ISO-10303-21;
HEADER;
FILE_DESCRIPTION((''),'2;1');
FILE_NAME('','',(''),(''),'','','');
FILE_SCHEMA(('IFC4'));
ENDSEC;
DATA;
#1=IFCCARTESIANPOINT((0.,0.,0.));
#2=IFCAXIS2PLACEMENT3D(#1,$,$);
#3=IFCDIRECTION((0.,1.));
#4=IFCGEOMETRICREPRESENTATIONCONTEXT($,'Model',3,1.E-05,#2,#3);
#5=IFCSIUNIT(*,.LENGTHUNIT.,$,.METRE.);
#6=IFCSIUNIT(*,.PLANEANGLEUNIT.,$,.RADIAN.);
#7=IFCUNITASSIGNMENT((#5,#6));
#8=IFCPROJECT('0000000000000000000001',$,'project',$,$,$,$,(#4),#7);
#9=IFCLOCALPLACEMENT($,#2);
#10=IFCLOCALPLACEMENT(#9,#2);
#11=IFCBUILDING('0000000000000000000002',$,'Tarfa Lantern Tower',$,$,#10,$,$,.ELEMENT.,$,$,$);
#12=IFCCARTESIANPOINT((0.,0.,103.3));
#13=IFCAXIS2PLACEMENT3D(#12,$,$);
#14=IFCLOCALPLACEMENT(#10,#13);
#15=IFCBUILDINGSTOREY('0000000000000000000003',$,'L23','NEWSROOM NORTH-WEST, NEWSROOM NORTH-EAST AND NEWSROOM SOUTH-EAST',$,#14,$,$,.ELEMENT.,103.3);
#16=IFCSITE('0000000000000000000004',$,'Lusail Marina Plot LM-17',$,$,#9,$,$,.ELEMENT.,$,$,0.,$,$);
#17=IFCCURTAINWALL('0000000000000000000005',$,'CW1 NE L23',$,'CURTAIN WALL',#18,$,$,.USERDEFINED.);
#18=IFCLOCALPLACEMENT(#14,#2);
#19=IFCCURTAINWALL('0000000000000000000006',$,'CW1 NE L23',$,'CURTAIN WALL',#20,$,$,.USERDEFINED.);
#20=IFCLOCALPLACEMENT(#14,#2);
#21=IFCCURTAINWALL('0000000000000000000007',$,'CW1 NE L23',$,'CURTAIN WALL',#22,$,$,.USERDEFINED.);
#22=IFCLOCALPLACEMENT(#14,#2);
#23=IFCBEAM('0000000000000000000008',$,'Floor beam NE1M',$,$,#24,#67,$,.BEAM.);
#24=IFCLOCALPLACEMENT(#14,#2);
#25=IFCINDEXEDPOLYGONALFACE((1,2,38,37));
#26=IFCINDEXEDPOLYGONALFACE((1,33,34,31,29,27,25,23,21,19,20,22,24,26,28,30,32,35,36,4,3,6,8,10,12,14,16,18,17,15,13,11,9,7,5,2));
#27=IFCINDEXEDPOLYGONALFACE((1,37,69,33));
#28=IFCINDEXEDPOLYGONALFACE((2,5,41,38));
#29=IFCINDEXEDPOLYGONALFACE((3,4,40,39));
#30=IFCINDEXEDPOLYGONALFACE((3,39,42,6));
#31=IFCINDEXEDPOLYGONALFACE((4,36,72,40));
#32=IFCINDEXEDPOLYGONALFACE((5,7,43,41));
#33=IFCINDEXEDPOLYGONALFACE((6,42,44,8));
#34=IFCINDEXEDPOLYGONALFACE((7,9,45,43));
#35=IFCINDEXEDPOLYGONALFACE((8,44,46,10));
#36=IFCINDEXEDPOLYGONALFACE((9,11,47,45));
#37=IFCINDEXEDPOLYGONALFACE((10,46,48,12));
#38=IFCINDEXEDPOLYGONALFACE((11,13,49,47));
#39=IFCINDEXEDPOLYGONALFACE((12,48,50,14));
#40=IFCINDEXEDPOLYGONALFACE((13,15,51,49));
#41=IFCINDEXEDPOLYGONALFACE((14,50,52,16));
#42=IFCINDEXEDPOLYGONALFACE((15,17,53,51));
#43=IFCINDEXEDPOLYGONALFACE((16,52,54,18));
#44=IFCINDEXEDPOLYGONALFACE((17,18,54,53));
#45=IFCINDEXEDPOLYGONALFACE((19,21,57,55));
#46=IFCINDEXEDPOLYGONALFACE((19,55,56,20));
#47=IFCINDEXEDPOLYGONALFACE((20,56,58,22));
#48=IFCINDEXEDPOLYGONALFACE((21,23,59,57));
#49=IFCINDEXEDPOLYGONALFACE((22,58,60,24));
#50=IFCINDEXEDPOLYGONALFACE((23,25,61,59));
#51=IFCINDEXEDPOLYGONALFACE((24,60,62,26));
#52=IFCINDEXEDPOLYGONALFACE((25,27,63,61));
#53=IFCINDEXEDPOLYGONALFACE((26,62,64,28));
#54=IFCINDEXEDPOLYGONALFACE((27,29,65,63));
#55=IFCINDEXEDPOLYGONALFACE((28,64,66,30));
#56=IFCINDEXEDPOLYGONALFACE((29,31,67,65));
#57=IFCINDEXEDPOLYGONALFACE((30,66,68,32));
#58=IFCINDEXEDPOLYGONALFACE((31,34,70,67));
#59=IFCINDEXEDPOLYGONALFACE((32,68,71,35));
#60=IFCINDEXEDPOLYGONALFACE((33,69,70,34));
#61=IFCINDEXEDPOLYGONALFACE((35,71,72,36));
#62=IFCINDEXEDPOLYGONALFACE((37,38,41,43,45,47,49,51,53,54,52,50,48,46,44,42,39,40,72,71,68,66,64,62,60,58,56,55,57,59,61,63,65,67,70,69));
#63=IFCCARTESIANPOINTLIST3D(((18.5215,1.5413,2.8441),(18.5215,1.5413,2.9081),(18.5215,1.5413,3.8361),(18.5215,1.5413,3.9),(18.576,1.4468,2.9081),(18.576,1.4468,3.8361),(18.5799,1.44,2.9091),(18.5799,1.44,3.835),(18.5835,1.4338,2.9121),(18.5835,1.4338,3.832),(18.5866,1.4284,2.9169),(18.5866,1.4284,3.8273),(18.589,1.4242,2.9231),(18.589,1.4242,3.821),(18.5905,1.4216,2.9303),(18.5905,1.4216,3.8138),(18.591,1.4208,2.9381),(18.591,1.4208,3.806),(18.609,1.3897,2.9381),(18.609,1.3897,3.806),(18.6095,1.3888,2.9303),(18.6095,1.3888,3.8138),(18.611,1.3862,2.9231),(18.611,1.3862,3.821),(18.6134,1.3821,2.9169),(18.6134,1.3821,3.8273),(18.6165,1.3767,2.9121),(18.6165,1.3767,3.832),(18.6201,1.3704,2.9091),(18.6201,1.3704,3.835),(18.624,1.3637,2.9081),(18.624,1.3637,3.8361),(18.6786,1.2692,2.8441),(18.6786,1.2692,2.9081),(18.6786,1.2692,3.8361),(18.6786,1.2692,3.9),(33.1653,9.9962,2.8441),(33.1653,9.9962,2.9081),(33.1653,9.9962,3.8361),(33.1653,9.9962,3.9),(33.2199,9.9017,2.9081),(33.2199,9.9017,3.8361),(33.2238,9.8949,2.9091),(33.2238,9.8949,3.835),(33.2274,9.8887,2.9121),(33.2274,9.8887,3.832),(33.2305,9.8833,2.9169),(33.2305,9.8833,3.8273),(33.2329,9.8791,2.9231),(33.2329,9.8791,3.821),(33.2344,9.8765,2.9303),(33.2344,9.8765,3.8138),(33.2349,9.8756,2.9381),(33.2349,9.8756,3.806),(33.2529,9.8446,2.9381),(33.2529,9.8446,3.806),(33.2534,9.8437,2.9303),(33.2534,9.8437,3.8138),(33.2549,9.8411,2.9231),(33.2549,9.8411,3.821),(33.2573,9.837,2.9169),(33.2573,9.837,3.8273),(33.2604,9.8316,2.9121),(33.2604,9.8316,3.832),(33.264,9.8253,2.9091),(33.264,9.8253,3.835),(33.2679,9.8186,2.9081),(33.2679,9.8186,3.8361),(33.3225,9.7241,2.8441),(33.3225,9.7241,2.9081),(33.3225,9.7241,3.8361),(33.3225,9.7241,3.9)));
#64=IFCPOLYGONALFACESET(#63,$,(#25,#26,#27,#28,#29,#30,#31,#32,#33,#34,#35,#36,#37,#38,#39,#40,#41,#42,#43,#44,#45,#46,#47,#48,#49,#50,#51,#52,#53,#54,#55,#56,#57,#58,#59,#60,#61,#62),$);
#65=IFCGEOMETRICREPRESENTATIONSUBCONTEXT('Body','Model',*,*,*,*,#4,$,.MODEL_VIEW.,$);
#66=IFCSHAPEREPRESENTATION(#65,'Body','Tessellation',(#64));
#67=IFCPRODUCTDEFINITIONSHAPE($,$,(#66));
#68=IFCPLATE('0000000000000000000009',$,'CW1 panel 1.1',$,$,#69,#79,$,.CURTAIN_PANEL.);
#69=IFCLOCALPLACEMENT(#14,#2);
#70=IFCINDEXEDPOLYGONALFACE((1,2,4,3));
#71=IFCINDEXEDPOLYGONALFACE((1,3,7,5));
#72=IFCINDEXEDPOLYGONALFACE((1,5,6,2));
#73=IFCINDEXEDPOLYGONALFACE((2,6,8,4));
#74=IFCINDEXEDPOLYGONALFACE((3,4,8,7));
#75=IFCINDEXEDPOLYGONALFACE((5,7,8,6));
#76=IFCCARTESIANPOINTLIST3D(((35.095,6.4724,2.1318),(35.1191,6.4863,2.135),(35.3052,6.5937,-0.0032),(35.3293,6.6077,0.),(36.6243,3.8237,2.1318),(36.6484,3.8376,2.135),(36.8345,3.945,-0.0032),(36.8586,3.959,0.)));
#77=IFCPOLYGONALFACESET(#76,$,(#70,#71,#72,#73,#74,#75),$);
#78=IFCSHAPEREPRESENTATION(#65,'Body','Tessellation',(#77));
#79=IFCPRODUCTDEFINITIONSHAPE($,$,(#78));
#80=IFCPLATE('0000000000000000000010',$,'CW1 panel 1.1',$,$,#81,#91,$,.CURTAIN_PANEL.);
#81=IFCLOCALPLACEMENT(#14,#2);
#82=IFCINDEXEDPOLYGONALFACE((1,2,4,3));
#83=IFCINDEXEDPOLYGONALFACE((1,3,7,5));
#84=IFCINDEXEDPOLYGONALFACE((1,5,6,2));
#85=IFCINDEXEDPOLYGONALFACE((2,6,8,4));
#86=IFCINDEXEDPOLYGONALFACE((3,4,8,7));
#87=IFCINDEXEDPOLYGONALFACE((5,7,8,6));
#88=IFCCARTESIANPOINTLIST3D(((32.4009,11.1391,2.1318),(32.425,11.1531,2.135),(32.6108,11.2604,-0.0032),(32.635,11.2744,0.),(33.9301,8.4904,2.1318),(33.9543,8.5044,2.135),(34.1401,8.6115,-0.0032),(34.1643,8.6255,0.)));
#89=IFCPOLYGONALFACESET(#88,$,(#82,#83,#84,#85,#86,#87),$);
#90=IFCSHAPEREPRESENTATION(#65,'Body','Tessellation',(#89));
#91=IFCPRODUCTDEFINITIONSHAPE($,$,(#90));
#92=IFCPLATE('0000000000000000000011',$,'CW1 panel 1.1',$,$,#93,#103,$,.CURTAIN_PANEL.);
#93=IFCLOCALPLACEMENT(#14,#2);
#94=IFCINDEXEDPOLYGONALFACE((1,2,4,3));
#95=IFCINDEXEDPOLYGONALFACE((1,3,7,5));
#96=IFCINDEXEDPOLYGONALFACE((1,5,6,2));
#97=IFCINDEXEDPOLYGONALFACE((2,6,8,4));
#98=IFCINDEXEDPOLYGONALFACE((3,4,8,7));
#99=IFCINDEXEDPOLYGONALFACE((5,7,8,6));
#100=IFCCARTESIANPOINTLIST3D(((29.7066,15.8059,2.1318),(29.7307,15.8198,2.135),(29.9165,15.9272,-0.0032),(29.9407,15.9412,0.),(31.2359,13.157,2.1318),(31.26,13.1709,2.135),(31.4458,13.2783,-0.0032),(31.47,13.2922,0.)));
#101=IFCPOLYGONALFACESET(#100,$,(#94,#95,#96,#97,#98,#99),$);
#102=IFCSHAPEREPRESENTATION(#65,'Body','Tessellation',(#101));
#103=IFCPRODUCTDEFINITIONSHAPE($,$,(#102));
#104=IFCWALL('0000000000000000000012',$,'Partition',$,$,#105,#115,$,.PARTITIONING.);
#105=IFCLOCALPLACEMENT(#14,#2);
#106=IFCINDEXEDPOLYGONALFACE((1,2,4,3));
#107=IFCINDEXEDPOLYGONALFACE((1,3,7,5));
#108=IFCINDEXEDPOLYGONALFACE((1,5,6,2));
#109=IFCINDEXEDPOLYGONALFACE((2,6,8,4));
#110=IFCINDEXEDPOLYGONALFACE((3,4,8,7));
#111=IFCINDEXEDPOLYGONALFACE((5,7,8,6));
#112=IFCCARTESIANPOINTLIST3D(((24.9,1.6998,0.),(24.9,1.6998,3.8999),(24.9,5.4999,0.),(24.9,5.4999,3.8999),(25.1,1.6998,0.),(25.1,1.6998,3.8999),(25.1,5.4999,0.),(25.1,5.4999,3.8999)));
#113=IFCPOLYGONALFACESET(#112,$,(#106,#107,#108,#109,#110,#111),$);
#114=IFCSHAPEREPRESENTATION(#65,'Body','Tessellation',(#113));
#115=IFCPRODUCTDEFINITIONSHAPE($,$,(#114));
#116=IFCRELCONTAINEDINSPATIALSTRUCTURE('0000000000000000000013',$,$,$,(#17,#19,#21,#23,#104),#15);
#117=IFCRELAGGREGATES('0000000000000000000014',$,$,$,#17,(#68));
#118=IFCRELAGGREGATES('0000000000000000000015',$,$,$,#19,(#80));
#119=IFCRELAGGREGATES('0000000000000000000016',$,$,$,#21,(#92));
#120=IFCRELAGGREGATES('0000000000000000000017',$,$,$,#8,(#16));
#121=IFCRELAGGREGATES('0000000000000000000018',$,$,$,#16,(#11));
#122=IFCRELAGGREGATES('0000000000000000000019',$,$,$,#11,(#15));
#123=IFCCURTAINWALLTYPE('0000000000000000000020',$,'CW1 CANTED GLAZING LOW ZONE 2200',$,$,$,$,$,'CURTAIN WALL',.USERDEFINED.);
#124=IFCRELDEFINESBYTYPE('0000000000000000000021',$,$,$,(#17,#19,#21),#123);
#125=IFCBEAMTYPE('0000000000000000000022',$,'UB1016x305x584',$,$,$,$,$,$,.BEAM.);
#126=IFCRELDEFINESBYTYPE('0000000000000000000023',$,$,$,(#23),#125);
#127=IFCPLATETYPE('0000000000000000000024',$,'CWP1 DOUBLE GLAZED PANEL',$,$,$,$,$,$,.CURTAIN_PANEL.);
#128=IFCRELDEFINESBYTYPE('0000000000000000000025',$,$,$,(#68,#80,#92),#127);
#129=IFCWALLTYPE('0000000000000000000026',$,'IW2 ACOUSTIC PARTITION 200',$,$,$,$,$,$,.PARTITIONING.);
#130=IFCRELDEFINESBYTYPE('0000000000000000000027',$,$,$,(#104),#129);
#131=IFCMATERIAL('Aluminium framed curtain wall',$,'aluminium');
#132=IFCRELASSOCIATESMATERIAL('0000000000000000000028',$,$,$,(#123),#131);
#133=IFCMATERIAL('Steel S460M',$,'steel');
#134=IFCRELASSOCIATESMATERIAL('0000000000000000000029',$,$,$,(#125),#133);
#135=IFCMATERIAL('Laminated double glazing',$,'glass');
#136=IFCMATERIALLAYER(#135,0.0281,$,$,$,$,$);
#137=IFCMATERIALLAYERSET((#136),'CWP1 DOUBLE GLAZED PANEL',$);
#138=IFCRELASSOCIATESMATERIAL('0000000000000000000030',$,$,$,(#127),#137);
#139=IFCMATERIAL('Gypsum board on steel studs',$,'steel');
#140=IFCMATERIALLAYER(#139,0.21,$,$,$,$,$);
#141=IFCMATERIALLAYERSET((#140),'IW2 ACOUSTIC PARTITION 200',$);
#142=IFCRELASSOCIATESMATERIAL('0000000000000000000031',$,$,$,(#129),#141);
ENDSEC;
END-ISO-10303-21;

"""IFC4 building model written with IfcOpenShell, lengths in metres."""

from ifc_helpers import new_model, si_unit, direction, frame, frame_2d, origin, origin_2d, place, context, subcontext, project, spatial, polyline, rectangle, i_section, outline, extrude, material, layer, layer_set, material_profile, profile_set, type_object, element, aggregate, save


model = new_model("IFC4")

# Units and contexts
model_context = context("Model", 3, precision=1e-05, world=origin(), true_north=direction((0.0, 1.0)))
body_context = subcontext(model_context, "Body", "Model", "MODEL_VIEW")
ifc_project = project(units=[si_unit("LENGTHUNIT", "METRE"), si_unit("PLANEANGLEUNIT", "RADIAN")], contexts=[model_context])

# Site, building, storey
site_placement = place(None, origin())
site = spatial("IfcSite", under=ifc_project, at=site_placement, Name="Lusail Marina Plot LM-17", CompositionType="ELEMENT", RefElevation=0.0)
building_placement = place(site_placement, origin())
building = spatial("IfcBuilding", under=site, at=building_placement, Name="Tarfa Lantern Tower", CompositionType="ELEMENT")
storey_placement = place(building_placement, frame((0.0, 0.0, 103.3)))
storey = spatial("IfcBuildingStorey", under=building, at=storey_placement, Name="L23", Description="NEWSROOM NORTH-WEST, NEWSROOM NORTH-EAST AND NEWSROOM SOUTH-EAST", CompositionType="ELEMENT", Elevation=103.3)

# Curtain walls
ifc_material_1 = material(Name="Aluminium framed curtain wall", Category="aluminium")
curtain_wall_type = type_object("IfcCurtainWallType", Name="CW1 CANTED GLAZING LOW ZONE 2200", ElementType="CURTAIN WALL", PredefinedType="USERDEFINED", material=ifc_material_1)
curtain_wall_1_placement = place(storey_placement, origin())
curtain_wall_1 = element("IfcCurtainWall", 1, at=curtain_wall_1_placement, inside=storey, type_object=curtain_wall_type, Name="CW1 NE L23", ObjectType="CURTAIN WALL", PredefinedType="USERDEFINED")
curtain_wall_2_placement = place(storey_placement, origin())
curtain_wall_2 = element("IfcCurtainWall", 2, at=curtain_wall_2_placement, inside=storey, type_object=curtain_wall_type, Name="CW1 NE L23", ObjectType="CURTAIN WALL", PredefinedType="USERDEFINED")

# Curtain wall
curtain_wall_3_placement = place(storey_placement, origin())
curtain_wall_3 = element("IfcCurtainWall", 3, at=curtain_wall_3_placement, inside=storey, type_object=curtain_wall_type, Name="CW1 NE L23", ObjectType="CURTAIN WALL", PredefinedType="USERDEFINED")

# Beam
ifc_material_2 = material(Name="Steel S460M", Category="steel")
ifc_material_profile_1 = material_profile(ifc_material_2, i_section(OverallWidth=0.3142, OverallDepth=1.0559, WebThickness=0.0359, FlangeThickness=0.064, FilletRadius=0.03, at=origin_2d()), Name="UB1016x305x584")
ifc_profile_set_1 = profile_set([ifc_material_profile_1], Name="Steel S460M")
beam_type_1 = type_object("IfcBeamType", Name="UB1016x305x584", PredefinedType="BEAM", material=ifc_profile_set_1)
beam_1_placement = place(storey_placement, frame((33.2439, 9.8601, 3.3721), z_axis=(-0.866019, -0.50001, 0.0), x_axis=(0.50001, -0.866019, 0.0)))
element("IfcBeam", 4, at=beam_1_placement, inside=storey, type_object=beam_type_1, Name="Floor beam NE1M", PredefinedType="BEAM", context=body_context, shape_type="SweptSolid", body=[
    extrude(i_section(OverallWidth=0.3142, OverallDepth=1.0559, WebThickness=0.0359, FlangeThickness=0.064, FilletRadius=0.03, at=origin_2d()), origin(), (0.0, 0.0, 1.0), 16.9094),
])

# Plates
ifc_material_3 = material(Name="Laminated double glazing", Category="glass")
ifc_layer_1 = layer(ifc_material_3, 0.0281)
ifc_layer_set_1 = layer_set([ifc_layer_1], Name="CWP1 DOUBLE GLAZED PANEL")
plate_type = type_object("IfcPlateType", Name="CWP1 DOUBLE GLAZED PANEL", PredefinedType="CURTAIN_PANEL", material=ifc_layer_set_1)
plate_1_placement = place(storey_placement, frame((36.8586, 3.959, 0.0), z_axis=(0.860472, 0.49682, 0.112954), x_axis=(-0.50002, 0.866014, 0.0)))
plate_1 = element("IfcPlate", 5, at=plate_1_placement, type_object=plate_type, Name="CW1 panel 1.1", PredefinedType="CURTAIN_PANEL", context=body_context, shape_type="SweptSolid", body=[
    extrude(outline(polyline([(0.0, 0.0), (3.0585, 0.0), (3.0585, 2.1488), (0.0, 2.1488), (0.0, 0.0)])), origin(), (0.0, 0.0, -1.0), 0.0281),
])
aggregate(curtain_wall_1, [plate_1])
plate_2_placement = place(storey_placement, frame((34.1643, 8.6255, 0.0), z_axis=(0.860494, 0.496809, 0.112829), x_axis=(-0.500002, 0.866024, -0.000002)))
plate_2 = element("IfcPlate", 6, at=plate_2_placement, type_object=plate_type, Name="CW1 panel 1.1", PredefinedType="CURTAIN_PANEL", context=body_context, shape_type="SweptSolid", body=[
    extrude(outline(polyline([(0.0, 0.0), (3.0587, 0.0), (3.0586, 2.1487), (0.0001, 2.1487), (0.0, 0.0)])), origin(), (0.0, 0.0, -1.0), 0.0281),
])
aggregate(curtain_wall_2, [plate_2])
plate_3_placement = place(storey_placement, frame((31.47, 13.2922, 0.0), z_axis=(0.860501, 0.496791, 0.112857), x_axis=(-0.499985, 0.866034, 0.0)))
plate_3 = element("IfcPlate", 7, at=plate_3_placement, type_object=plate_type, Name="CW1 panel 1.1", PredefinedType="CURTAIN_PANEL", context=body_context, shape_type="SweptSolid", body=[
    extrude(outline(polyline([(0.0, 0.0), (3.0587, 0.0), (3.0586, 2.1487), (-0.0001, 2.1487), (0.0, 0.0)])), origin(), (0.0, 0.0, -1.0), 0.0281),
])
aggregate(curtain_wall_3, [plate_3])

# Wall
ifc_material_4 = material(Name="Gypsum board on steel studs", Category="steel")
ifc_layer_2 = layer(ifc_material_4, 0.21)
ifc_layer_set_2 = layer_set([ifc_layer_2], Name="IW2 ACOUSTIC PARTITION 200")
wall_type = type_object("IfcWallType", Name="IW2 ACOUSTIC PARTITION 200", PredefinedType="PARTITIONING", material=ifc_layer_set_2)
wall_placement = place(storey_placement, frame((25.0, 1.7, 0.0), z_axis=(0.0, 0.0, 1.0), x_axis=(0.0, 1.0, 0.0)))
element("IfcWall", 8, at=wall_placement, inside=storey, type_object=wall_type, Name="Partition", PredefinedType="PARTITIONING", context=body_context, shape_type="SweptSolid", body=[
    extrude(rectangle(XDim=3.8, YDim=0.2, at=frame_2d((1.8999, 0.0))), origin(), (0.0, 0.0, 1.0), 3.8999),
])

save(model, "model.ifc")
